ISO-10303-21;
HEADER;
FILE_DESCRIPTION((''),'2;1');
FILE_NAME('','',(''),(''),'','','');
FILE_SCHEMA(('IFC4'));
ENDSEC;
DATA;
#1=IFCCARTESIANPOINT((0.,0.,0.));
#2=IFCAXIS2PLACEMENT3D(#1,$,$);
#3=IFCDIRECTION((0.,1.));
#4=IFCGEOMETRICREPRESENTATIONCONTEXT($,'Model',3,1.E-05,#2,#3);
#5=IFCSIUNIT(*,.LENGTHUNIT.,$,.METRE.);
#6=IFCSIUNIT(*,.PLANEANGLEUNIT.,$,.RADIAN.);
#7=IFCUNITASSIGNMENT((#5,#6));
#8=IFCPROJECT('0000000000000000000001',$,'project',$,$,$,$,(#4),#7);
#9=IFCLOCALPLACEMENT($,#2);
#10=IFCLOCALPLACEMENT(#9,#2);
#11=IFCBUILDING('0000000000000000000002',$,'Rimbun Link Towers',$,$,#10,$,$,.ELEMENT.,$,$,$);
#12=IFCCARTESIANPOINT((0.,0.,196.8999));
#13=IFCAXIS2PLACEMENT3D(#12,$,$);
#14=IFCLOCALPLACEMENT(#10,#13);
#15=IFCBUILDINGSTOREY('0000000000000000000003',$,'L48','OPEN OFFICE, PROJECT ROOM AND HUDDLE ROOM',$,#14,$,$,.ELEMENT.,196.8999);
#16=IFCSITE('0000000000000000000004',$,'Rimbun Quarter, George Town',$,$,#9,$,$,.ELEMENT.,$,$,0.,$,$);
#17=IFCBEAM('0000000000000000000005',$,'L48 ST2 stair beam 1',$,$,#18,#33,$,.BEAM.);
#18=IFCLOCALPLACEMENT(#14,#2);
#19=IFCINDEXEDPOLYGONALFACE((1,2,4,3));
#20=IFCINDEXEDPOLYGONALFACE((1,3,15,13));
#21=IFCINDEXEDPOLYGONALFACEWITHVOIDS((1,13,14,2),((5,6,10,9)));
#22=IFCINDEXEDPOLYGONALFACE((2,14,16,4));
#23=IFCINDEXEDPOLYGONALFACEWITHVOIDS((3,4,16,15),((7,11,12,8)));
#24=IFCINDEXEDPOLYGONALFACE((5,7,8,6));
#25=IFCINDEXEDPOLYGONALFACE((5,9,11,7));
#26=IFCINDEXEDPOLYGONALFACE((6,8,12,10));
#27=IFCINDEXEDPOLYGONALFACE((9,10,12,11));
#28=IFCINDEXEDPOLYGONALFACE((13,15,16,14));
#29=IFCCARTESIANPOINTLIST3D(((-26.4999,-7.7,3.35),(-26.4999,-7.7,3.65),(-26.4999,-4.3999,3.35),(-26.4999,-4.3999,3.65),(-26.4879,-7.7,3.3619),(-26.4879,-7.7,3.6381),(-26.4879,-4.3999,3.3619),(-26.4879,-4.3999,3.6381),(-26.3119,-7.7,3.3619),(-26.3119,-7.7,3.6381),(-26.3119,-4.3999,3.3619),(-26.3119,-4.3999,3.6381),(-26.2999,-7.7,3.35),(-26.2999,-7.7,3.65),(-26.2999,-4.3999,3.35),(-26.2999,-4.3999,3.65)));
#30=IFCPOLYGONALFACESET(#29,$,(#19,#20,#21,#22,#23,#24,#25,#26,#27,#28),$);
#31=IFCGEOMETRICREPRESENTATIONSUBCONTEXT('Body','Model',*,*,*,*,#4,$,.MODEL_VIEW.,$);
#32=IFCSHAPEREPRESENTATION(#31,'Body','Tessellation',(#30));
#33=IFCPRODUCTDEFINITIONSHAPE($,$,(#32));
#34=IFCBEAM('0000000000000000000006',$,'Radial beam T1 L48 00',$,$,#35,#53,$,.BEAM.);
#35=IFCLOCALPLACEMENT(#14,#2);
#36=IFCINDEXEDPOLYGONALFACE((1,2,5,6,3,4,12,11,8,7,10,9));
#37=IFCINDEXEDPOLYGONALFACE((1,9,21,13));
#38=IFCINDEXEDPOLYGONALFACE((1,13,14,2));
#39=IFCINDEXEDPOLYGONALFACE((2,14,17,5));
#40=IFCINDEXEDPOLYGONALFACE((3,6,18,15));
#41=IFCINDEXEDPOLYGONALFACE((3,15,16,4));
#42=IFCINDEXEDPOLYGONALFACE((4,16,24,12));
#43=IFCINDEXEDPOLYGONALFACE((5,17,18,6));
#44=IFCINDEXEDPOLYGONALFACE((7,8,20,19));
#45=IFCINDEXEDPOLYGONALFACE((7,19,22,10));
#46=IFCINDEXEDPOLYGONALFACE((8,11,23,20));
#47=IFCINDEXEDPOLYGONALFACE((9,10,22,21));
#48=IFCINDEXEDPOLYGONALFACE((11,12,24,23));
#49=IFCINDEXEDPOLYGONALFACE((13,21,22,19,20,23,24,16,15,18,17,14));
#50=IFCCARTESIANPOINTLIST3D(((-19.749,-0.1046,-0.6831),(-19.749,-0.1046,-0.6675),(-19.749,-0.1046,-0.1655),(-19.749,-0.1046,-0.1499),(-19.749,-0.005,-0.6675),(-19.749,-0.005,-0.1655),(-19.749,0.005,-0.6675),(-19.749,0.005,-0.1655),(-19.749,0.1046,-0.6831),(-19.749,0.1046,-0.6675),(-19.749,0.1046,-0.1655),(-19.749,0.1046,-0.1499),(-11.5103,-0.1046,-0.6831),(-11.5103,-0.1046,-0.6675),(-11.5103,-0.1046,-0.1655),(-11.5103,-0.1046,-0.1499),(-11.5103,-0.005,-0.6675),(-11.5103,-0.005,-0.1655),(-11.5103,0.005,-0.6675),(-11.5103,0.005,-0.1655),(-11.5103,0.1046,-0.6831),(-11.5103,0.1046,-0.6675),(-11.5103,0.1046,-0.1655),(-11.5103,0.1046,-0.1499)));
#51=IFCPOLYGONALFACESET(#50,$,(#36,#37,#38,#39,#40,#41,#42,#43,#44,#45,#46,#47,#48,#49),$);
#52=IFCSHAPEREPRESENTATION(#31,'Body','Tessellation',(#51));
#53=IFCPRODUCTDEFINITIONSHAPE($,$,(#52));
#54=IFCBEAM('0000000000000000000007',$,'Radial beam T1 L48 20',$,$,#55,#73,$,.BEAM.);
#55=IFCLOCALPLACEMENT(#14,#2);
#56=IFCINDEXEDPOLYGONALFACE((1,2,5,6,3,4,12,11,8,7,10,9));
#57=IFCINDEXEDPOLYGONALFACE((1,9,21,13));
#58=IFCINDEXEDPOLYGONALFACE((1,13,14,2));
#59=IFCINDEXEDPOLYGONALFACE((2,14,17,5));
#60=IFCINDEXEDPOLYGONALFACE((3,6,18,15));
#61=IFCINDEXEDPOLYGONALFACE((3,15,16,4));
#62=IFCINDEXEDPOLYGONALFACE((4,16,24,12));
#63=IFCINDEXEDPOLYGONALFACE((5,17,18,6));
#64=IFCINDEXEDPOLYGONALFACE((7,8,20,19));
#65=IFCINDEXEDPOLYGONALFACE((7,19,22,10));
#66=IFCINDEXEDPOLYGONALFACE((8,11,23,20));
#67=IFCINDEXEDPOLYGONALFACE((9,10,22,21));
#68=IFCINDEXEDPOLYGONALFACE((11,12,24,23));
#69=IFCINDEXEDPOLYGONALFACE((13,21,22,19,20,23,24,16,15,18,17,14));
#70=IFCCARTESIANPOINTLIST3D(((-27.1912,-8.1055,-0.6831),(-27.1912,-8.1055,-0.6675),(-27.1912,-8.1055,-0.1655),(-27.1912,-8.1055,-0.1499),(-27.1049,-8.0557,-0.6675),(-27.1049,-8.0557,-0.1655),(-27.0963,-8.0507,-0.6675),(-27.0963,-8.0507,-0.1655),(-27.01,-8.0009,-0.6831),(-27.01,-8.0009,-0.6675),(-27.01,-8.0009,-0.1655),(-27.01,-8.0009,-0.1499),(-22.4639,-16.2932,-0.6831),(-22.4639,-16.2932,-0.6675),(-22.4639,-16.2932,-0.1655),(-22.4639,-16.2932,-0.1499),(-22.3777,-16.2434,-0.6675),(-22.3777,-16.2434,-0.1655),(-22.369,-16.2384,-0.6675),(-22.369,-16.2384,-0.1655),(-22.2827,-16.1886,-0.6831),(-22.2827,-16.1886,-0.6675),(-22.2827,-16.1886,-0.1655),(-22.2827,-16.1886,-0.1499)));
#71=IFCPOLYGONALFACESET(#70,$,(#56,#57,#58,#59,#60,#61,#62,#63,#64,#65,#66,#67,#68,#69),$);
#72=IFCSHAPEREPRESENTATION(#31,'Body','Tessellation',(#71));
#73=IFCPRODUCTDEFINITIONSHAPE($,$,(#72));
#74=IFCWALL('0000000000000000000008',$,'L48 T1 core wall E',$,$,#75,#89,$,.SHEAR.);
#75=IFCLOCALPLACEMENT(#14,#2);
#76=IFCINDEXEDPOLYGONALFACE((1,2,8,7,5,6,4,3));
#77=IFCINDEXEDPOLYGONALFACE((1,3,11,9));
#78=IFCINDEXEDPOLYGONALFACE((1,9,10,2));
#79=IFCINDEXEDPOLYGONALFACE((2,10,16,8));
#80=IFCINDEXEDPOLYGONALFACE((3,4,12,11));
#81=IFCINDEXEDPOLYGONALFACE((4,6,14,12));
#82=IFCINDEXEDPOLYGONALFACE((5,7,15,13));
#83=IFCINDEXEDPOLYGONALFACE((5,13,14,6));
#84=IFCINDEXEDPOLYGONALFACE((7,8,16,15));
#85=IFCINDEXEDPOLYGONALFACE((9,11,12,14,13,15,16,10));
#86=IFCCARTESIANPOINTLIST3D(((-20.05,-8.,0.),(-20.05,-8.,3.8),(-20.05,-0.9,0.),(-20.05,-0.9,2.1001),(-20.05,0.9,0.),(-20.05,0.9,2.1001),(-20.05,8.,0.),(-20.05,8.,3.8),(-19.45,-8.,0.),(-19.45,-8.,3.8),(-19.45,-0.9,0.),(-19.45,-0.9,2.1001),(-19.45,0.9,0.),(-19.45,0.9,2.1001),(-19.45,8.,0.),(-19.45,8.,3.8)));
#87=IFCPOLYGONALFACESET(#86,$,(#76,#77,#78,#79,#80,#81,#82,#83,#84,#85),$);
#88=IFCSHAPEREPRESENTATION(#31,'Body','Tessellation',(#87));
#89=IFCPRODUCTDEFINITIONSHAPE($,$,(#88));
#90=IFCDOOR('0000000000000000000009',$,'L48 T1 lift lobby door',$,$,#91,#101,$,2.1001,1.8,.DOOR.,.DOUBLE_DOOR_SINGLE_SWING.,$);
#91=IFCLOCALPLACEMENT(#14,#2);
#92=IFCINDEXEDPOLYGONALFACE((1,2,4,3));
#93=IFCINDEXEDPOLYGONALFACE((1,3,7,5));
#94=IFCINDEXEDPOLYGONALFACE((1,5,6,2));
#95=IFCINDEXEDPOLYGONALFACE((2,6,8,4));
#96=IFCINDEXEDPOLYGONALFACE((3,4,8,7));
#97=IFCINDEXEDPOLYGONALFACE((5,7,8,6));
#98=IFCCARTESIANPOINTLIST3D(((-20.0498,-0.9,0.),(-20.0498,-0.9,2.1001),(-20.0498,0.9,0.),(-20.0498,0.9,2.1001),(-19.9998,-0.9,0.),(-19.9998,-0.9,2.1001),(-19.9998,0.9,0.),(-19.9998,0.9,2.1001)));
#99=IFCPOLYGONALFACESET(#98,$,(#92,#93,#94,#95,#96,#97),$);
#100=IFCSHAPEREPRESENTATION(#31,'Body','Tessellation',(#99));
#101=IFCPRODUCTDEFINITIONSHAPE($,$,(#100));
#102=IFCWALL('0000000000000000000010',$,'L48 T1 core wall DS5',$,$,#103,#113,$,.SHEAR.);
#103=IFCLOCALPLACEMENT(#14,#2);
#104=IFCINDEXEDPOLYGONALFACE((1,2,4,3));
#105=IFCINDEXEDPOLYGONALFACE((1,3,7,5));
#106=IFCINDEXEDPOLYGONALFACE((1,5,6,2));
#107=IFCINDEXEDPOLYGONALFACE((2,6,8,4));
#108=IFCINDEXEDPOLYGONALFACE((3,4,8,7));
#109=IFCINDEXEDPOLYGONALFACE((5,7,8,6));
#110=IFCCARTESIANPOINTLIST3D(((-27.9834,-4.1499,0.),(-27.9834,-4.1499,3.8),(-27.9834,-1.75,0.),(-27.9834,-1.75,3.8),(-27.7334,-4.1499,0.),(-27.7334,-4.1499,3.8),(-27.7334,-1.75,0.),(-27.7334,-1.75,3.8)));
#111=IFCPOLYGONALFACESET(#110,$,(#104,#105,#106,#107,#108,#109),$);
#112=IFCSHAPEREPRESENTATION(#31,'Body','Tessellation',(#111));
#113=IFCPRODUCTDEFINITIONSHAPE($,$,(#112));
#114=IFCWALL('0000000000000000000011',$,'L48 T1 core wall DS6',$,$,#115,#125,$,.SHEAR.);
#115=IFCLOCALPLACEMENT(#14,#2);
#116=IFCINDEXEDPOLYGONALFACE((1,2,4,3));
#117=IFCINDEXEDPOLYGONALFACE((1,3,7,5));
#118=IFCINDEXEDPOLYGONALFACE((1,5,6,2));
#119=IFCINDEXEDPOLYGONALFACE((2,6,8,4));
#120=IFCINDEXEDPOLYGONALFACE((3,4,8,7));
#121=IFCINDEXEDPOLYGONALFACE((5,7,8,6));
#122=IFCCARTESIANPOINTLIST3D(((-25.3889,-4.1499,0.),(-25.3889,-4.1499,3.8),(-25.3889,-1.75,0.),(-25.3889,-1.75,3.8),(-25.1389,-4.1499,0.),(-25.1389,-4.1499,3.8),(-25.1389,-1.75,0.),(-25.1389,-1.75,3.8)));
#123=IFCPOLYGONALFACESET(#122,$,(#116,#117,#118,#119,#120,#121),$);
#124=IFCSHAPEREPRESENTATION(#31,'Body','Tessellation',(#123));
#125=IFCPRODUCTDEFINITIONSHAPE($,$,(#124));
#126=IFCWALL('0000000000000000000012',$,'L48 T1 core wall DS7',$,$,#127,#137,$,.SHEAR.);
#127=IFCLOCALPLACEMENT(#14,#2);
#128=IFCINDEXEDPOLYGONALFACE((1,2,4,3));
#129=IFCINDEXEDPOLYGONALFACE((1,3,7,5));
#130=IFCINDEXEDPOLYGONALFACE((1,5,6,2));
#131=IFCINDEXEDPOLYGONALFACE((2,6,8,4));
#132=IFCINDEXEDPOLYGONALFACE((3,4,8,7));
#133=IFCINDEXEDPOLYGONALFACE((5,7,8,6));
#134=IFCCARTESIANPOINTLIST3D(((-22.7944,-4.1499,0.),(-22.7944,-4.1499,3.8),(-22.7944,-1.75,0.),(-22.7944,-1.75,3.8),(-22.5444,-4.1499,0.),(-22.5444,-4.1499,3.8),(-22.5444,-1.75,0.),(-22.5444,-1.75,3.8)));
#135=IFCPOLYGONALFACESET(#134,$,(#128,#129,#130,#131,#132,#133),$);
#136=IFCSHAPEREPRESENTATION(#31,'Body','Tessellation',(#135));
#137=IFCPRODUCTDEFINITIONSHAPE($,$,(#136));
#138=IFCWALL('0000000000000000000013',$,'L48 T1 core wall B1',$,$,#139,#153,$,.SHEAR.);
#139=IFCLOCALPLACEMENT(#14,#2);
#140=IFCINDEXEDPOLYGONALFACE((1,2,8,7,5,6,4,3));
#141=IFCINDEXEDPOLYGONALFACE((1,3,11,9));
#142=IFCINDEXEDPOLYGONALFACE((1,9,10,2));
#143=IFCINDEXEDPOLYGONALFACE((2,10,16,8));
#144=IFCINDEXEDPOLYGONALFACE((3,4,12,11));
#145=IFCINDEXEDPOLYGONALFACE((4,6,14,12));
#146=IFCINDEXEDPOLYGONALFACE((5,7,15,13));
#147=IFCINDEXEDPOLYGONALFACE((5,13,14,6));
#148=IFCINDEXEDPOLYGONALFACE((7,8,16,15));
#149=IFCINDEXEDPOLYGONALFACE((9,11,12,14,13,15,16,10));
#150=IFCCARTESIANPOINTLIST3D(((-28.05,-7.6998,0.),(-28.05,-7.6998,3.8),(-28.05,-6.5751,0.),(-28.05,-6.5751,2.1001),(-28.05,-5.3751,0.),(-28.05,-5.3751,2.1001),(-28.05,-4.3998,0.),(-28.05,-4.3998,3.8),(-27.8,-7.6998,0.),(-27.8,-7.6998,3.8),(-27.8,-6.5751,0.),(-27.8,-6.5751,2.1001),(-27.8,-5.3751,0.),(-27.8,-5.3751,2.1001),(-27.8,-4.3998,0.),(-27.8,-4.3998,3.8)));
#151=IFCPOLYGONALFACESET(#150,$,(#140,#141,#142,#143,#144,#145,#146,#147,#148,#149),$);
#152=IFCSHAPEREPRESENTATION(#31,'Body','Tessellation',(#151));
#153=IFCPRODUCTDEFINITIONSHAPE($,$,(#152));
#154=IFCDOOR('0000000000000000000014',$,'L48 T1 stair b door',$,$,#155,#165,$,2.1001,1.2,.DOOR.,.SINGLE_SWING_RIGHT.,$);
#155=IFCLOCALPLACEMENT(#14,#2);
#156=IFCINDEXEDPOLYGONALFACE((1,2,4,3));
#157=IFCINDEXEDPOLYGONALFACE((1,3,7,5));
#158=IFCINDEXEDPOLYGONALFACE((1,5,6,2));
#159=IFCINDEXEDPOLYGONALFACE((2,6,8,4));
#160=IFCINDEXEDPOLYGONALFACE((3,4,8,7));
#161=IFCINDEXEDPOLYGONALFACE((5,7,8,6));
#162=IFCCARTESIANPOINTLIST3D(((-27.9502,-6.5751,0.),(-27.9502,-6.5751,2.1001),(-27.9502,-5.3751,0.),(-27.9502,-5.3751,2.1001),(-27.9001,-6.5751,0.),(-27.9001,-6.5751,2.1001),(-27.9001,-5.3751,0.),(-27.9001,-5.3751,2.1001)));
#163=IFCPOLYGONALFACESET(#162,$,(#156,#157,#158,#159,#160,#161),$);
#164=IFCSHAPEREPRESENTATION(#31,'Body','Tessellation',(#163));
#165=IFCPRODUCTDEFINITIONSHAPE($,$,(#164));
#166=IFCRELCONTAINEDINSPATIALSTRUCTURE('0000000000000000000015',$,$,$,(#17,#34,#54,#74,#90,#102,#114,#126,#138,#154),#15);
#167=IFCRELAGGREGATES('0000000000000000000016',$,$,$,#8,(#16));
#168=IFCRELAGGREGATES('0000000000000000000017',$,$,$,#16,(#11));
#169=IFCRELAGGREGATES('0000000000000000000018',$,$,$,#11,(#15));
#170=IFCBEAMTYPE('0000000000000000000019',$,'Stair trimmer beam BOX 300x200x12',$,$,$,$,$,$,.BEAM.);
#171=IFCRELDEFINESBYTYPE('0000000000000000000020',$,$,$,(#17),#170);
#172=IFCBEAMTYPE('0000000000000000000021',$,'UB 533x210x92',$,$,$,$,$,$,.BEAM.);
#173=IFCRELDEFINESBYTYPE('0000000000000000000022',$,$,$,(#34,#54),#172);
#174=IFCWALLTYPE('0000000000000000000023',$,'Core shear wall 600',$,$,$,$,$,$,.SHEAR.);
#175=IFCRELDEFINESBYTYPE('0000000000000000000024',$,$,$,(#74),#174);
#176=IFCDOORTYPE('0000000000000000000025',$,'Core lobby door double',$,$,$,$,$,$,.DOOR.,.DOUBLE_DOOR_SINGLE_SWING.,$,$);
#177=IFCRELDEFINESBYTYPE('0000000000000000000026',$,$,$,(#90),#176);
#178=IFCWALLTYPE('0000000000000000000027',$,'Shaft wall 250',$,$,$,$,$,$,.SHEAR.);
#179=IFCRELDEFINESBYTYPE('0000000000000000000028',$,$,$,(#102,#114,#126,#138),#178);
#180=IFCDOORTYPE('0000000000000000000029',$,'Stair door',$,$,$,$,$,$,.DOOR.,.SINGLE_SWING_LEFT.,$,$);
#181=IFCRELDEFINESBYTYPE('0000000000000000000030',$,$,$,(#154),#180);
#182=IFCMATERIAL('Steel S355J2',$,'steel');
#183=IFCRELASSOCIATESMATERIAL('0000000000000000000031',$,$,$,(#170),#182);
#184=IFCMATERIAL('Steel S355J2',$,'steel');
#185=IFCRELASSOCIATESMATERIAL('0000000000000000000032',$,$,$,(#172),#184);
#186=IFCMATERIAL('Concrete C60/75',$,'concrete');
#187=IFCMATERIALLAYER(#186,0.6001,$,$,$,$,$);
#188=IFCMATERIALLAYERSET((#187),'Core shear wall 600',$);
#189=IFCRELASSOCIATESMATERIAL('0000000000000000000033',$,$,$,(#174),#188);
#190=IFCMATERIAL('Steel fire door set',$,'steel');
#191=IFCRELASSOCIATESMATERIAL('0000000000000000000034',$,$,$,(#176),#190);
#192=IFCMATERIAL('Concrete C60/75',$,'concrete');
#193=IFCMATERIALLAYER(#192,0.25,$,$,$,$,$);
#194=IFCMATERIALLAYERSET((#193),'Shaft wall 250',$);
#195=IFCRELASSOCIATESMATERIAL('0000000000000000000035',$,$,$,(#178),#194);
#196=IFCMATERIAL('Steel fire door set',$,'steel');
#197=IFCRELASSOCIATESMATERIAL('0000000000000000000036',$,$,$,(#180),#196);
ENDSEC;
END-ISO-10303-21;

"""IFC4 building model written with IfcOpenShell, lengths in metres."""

from ifc_helpers import new_model, si_unit, direction, frame, frame_2d, origin, origin_2d, place, context, subcontext, project, spatial, rectangle, hollow_rectangle, i_section, extrude, material, layer, layer_set, material_profile, profile_set, type_object, element, fill, save


model = new_model("IFC4")

# Units and contexts
model_context = context("Model", 3, precision=1e-05, world=origin(), true_north=direction((0.0, 1.0)))
body_context = subcontext(model_context, "Body", "Model", "MODEL_VIEW")
ifc_project = project(units=[si_unit("LENGTHUNIT", "METRE"), si_unit("PLANEANGLEUNIT", "RADIAN")], contexts=[model_context])

# Site, building, storey
site_placement = place(None, origin())
site = spatial("IfcSite", under=ifc_project, at=site_placement, Name="Rimbun Quarter, George Town", CompositionType="ELEMENT", RefElevation=0.0)
building_placement = place(site_placement, origin())
building = spatial("IfcBuilding", under=site, at=building_placement, Name="Rimbun Link Towers", CompositionType="ELEMENT")
storey_placement = place(building_placement, frame((0.0, 0.0, 196.8999)))
storey = spatial("IfcBuildingStorey", under=building, at=storey_placement, Name="L48", Description="OPEN OFFICE, PROJECT ROOM AND HUDDLE ROOM", CompositionType="ELEMENT", Elevation=196.8999)

# Beams
ifc_material_1 = material(Name="Steel S355J2", Category="steel")
ifc_material_profile_1 = material_profile(ifc_material_1, hollow_rectangle(XDim=0.2, YDim=0.3, WallThickness=0.012, at=origin_2d()), Name="BOX 300x200x12")
ifc_profile_set_1 = profile_set([ifc_material_profile_1], Name="Steel S355J2")
beam_type_1 = type_object("IfcBeamType", Name="Stair trimmer beam BOX 300x200x12", PredefinedType="BEAM", material=ifc_profile_set_1)
beam_1_placement = place(storey_placement, frame((-26.3999, -7.7, 3.5), z_axis=(0.0, 1.0, 0.0), x_axis=(-1.0, 0.0, 0.0)))
element("IfcBeam", 1, at=beam_1_placement, inside=storey, type_object=beam_type_1, Name="L48 ST2 stair beam 1", PredefinedType="BEAM", context=body_context, shape_type="SweptSolid", body=[
    extrude(hollow_rectangle(XDim=0.2, YDim=0.3, WallThickness=0.012, at=origin_2d()), origin(), (0.0, 0.0, 1.0), 3.3),
])
ifc_material_2 = material(Name="Steel S355J2", Category="steel")
ifc_material_profile_2 = material_profile(ifc_material_2, i_section(OverallWidth=0.2092, OverallDepth=0.5332, WebThickness=0.01, FlangeThickness=0.0156, at=origin_2d()), Name="UB 533x210x92")
ifc_profile_set_2 = profile_set([ifc_material_profile_2], Name="Steel S355J2")
beam_type_2 = type_object("IfcBeamType", Name="UB 533x210x92", PredefinedType="BEAM", material=ifc_profile_set_2)
beam_2_placement = place(storey_placement, frame((-19.749, 0.0, -0.4165), z_axis=(1.0, 0.0, 0.0), x_axis=(0.0, 1.0, 0.0)))
element("IfcBeam", 2, at=beam_2_placement, inside=storey, type_object=beam_type_2, Name="Radial beam T1 L48 00", PredefinedType="BEAM", context=body_context, shape_type="SweptSolid", body=[
    extrude(i_section(OverallWidth=0.2092, OverallDepth=0.5332, WebThickness=0.01, FlangeThickness=0.0156, at=origin_2d()), origin(), (0.0, 0.0, 1.0), 8.2388),
])
beam_3_placement = place(storey_placement, frame((-27.1006, -8.0532, -0.4165), z_axis=(0.500008, -0.866021, 0.0), x_axis=(0.866021, 0.500008, 0.0)))
element("IfcBeam", 3, at=beam_3_placement, inside=storey, type_object=beam_type_2, Name="Radial beam T1 L48 20", PredefinedType="BEAM", context=body_context, shape_type="SweptSolid", body=[
    extrude(i_section(OverallWidth=0.2092, OverallDepth=0.5332, WebThickness=0.01, FlangeThickness=0.0156, at=origin_2d()), origin(), (0.0, 0.0, 1.0), 9.4543),
])

# Wall, opening, door
ifc_material_3 = material(Name="Concrete C60/75", Category="concrete")
ifc_layer_1 = layer(ifc_material_3, 0.6001)
ifc_layer_set_1 = layer_set([ifc_layer_1], Name="Core shear wall 600")
wall_type_1 = type_object("IfcWallType", Name="Core shear wall 600", PredefinedType="SHEAR", material=ifc_layer_set_1)
wall_1_placement = place(storey_placement, frame((-19.75, -8.0, 0.0), z_axis=(0.0, 0.0, 1.0), x_axis=(0.0, 1.0, 0.0)))
wall_1 = element("IfcWall", 4, at=wall_1_placement, inside=storey, type_object=wall_type_1, Name="L48 T1 core wall E", PredefinedType="SHEAR", context=body_context, shape_type="SweptSolid", body=[
    extrude(rectangle(XDim=16.0, YDim=0.6001, at=frame_2d((8.0, 0.0))), origin(), (0.0, 0.0, 1.0), 3.8),
])
opening_1_placement = place(wall_1_placement, frame((7.1001, 0.0, 0.0)))
opening_1 = element("IfcOpeningElement", 5, at=opening_1_placement, cuts=wall_1, PredefinedType="OPENING", context=body_context, shape_type="SweptSolid", body=[
    extrude(rectangle(XDim=1.8, YDim=2.1001, at=frame_2d((0.8999, 1.05))), frame((0.0, 0.3101, 0.0), z_axis=(0.0, -1.0, 0.0), x_axis=(1.0, 0.0, 0.0)), (0.0, 0.0, 1.0), 0.6201),
])
ifc_material_4 = material(Name="Steel fire door set", Category="steel")
door_type_1 = type_object("IfcDoorType", Name="Core lobby door double", OperationType="DOUBLE_DOOR_SINGLE_SWING", PredefinedType="DOOR", material=ifc_material_4)
door_1_placement = place(opening_1_placement, origin())
door_1 = element("IfcDoor", 6, at=door_1_placement, inside=storey, type_object=door_type_1, Name="L48 T1 lift lobby door", OperationType="DOUBLE_DOOR_SINGLE_SWING", OverallHeight=2.1001, OverallWidth=1.8, PredefinedType="DOOR", context=body_context, shape_type="SweptSolid", body=[
    extrude(rectangle(XDim=1.8, YDim=2.1001, at=frame_2d((0.8999, 1.05))), frame((0.0, 0.2998, 0.0), z_axis=(0.0, -1.0, 0.0), x_axis=(1.0, 0.0, 0.0)), (0.0, 0.0, 1.0), 0.05),
])
fill(opening_1, door_1)

# Walls
ifc_material_5 = material(Name="Concrete C60/75", Category="concrete")
ifc_layer_2 = layer(ifc_material_5, 0.25)
ifc_layer_set_2 = layer_set([ifc_layer_2], Name="Shaft wall 250")
wall_type_2 = type_object("IfcWallType", Name="Shaft wall 250", PredefinedType="SHEAR", material=ifc_layer_set_2)
for number, where, z_axis, x_axis, name in (
    (7, (-27.8584, -4.1499, 0.0), (0.0, 0.0, 1.0), (0.0, 1.0, 0.0), "L48 T1 core wall DS5"),
    (8, (-25.2639, -4.1499, 0.0), (0.0, 0.0, 1.0), (0.0, 1.0, 0.0), "L48 T1 core wall DS6"),
    (9, (-22.6694, -4.1499, 0.0), (0.0, 0.0, 1.0), (0.0, 1.0, 0.0), "L48 T1 core wall DS7"),
):
    element("IfcWall", number, at=place(storey_placement, frame(where, z_axis=z_axis, x_axis=x_axis)), inside=storey, type_object=wall_type_2, Name=name, PredefinedType="SHEAR", context=body_context, shape_type="SweptSolid", body=[
        extrude(rectangle(XDim=2.3999, YDim=0.25, at=frame_2d((1.2, 0.0))), origin(), (0.0, 0.0, 1.0), 3.8),
    ])

# Wall, opening, door
wall_2_placement = place(storey_placement, frame((-27.925, -4.3999, 0.0), z_axis=(0.0, 0.0, 1.0), x_axis=(0.0, -1.0, 0.0)))
wall_2 = element("IfcWall", 10, at=wall_2_placement, inside=storey, type_object=wall_type_2, Name="L48 T1 core wall B1", PredefinedType="SHEAR", context=body_context, shape_type="SweptSolid", body=[
    extrude(rectangle(XDim=3.3, YDim=0.25, at=frame_2d((1.6499, 0.0))), origin(), (0.0, 0.0, 1.0), 3.8),
])
opening_2_placement = place(wall_2_placement, frame((0.9751, 0.0, 0.0)))
opening_2 = element("IfcOpeningElement", 11, at=opening_2_placement, cuts=wall_2, PredefinedType="OPENING", context=body_context, shape_type="SweptSolid", body=[
    extrude(rectangle(XDim=1.2, YDim=2.1001, at=frame_2d((0.6001, 1.05))), frame((0.0, 0.135, 0.0), z_axis=(0.0, -1.0, 0.0), x_axis=(1.0, 0.0, 0.0)), (0.0, 0.0, 1.0), 0.27),
])
ifc_material_6 = material(Name="Steel fire door set", Category="steel")
door_type_2 = type_object("IfcDoorType", Name="Stair door", OperationType="SINGLE_SWING_LEFT", PredefinedType="DOOR", material=ifc_material_6)
door_2_placement = place(opening_2_placement, origin())
door_2 = element("IfcDoor", 12, at=door_2_placement, inside=storey, type_object=door_type_2, Name="L48 T1 stair b door", OperationType="SINGLE_SWING_RIGHT", OverallHeight=2.1001, OverallWidth=1.2, PredefinedType="DOOR", context=body_context, shape_type="SweptSolid", body=[
    extrude(rectangle(XDim=1.2, YDim=2.1001, at=frame_2d((0.6001, 1.05))), frame((0.0, 0.0249, 0.0), z_axis=(0.0, -1.0, 0.0), x_axis=(1.0, 0.0, 0.0)), (0.0, 0.0, 1.0), 0.05),
])
fill(opening_2, door_2)

save(model, "model.ifc")
